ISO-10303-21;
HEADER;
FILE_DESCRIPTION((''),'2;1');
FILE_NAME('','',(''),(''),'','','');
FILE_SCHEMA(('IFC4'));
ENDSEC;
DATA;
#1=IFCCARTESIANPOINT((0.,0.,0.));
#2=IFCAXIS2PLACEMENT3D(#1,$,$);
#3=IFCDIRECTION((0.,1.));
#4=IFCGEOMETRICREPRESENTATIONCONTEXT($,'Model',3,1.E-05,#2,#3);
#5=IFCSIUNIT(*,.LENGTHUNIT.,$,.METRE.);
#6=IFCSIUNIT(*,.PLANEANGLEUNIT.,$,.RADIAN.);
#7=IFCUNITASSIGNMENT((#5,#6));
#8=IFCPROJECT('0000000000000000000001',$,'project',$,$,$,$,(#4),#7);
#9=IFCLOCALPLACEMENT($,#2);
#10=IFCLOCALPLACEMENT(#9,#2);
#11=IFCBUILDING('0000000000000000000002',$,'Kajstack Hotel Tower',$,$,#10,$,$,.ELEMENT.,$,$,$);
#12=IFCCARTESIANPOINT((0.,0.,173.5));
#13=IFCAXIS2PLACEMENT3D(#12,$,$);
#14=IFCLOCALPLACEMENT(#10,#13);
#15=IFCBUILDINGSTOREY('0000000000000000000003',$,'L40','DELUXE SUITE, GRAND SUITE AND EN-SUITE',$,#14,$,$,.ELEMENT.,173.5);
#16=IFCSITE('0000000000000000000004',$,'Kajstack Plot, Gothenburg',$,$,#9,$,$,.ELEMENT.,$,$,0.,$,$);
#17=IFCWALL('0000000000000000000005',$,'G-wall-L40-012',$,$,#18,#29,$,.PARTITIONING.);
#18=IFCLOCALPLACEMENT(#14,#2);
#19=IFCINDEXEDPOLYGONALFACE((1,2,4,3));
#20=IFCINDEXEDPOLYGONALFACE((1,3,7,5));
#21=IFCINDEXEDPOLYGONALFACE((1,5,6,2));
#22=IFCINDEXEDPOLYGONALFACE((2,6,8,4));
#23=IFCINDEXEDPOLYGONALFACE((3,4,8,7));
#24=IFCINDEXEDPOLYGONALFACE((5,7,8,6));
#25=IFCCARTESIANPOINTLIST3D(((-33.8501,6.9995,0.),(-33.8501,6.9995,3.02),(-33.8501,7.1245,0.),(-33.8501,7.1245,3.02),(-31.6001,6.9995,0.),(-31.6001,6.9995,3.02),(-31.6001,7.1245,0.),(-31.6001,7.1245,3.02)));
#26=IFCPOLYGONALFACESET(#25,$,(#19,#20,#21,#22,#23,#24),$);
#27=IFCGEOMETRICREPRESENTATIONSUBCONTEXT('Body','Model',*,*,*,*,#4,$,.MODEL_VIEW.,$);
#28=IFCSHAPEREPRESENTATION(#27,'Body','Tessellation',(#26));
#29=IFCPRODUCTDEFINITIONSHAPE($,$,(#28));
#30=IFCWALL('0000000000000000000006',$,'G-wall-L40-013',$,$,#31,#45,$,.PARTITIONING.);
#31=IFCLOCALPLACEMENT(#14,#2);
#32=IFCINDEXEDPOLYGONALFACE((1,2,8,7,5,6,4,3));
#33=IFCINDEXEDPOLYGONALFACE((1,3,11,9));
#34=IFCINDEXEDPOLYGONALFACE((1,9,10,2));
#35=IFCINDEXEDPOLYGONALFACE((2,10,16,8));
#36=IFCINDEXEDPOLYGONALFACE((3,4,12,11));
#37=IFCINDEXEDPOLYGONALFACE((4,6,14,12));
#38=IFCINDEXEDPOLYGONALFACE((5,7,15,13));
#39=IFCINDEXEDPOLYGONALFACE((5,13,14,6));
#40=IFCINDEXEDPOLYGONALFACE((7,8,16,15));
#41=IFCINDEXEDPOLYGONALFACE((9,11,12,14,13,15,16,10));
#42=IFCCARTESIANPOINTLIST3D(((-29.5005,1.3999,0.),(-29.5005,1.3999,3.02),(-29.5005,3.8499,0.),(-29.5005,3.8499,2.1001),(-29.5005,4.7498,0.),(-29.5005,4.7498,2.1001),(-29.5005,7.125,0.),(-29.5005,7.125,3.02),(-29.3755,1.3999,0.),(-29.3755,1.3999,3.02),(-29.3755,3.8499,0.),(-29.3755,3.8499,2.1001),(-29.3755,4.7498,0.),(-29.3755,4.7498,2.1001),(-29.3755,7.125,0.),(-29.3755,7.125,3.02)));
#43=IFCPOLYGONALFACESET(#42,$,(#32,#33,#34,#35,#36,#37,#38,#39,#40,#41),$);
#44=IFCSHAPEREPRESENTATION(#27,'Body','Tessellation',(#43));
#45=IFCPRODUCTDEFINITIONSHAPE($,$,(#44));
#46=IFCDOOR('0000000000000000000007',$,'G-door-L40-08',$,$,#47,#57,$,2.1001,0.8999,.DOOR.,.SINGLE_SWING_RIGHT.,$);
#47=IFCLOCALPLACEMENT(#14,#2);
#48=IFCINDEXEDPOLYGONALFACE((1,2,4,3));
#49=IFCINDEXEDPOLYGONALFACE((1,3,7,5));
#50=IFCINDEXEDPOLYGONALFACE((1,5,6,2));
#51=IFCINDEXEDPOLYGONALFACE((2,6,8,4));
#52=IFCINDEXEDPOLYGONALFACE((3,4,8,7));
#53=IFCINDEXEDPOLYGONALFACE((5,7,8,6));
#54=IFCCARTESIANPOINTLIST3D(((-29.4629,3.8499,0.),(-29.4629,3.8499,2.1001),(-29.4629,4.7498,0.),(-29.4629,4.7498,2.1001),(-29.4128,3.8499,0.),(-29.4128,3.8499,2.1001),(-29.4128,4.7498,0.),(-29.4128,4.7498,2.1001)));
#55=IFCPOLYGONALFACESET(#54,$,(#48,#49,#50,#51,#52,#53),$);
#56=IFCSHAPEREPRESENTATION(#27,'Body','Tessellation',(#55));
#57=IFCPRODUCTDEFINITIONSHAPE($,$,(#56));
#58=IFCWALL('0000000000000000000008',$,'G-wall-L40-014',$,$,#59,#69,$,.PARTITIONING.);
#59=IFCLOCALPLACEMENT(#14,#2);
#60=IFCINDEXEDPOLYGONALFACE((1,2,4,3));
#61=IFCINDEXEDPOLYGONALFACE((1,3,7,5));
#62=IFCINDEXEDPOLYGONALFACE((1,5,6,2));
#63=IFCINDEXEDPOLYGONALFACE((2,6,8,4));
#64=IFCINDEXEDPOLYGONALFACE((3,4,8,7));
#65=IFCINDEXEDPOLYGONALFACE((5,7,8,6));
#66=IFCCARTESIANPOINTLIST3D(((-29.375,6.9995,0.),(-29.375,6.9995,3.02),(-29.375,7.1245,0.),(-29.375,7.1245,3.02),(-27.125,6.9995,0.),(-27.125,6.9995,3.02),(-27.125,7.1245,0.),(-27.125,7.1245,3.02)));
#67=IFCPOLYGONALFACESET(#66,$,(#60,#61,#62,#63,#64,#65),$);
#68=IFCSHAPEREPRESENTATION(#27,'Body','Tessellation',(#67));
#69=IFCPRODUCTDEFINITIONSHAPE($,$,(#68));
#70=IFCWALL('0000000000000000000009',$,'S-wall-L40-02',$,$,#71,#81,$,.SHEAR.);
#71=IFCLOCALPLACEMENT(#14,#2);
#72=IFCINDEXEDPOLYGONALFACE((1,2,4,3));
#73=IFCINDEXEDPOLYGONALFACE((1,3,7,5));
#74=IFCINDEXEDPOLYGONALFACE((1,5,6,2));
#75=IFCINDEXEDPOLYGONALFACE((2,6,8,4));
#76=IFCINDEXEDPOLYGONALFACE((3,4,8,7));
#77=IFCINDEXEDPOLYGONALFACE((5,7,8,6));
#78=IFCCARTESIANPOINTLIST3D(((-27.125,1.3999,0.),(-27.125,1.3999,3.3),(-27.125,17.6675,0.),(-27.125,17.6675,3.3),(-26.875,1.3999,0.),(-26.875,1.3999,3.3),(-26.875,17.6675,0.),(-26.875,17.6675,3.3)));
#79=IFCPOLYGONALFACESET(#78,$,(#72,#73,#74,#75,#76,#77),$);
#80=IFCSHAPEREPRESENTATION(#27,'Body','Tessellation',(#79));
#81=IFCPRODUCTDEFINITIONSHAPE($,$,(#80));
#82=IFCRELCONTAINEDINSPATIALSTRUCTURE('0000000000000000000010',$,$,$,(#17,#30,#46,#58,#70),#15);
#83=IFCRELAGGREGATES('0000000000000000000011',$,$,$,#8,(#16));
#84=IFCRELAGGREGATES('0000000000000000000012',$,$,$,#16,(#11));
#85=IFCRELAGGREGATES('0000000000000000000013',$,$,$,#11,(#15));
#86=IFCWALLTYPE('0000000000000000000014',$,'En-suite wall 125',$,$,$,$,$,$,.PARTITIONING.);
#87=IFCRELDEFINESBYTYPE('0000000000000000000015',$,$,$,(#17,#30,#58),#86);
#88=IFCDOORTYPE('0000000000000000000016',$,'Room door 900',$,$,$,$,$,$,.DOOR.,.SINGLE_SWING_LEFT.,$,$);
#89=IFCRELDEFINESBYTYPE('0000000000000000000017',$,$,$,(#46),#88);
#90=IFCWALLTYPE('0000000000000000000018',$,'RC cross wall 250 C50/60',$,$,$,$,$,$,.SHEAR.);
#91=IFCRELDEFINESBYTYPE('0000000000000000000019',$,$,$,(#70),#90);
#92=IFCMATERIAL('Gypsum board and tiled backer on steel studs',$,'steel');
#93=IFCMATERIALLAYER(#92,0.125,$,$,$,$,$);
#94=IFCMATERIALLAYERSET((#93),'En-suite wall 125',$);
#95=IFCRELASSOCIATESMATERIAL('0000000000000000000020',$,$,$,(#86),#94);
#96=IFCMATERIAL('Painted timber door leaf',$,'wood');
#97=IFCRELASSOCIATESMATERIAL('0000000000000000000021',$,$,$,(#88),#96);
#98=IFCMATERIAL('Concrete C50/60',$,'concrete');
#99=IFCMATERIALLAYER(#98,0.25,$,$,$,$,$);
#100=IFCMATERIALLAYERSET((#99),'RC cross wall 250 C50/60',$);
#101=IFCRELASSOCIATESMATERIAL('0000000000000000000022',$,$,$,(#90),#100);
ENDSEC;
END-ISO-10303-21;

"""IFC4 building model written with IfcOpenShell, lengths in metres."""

from ifc_helpers import new_model, si_unit, direction, frame, frame_2d, origin, place, context, subcontext, project, spatial, rectangle, extrude, material, layer, layer_set, type_object, element, fill, save


model = new_model("IFC4")

# Units and contexts
model_context = context("Model", 3, precision=1e-05, world=origin(), true_north=direction((0.0, 1.0)))
body_context = subcontext(model_context, "Body", "Model", "MODEL_VIEW")
ifc_project = project(units=[si_unit("LENGTHUNIT", "METRE"), si_unit("PLANEANGLEUNIT", "RADIAN")], contexts=[model_context])

# Site, building, storey
site_placement = place(None, origin())
site = spatial("IfcSite", under=ifc_project, at=site_placement, Name="Kajstack Plot, Gothenburg", CompositionType="ELEMENT", RefElevation=0.0)
building_placement = place(site_placement, origin())
building = spatial("IfcBuilding", under=site, at=building_placement, Name="Kajstack Hotel Tower", CompositionType="ELEMENT")
storey_placement = place(building_placement, frame((0.0, 0.0, 173.5)))
storey = spatial("IfcBuildingStorey", under=building, at=storey_placement, Name="L40", Description="DELUXE SUITE, GRAND SUITE AND EN-SUITE", CompositionType="ELEMENT", Elevation=173.5)

# Wall
ifc_material_1 = material(Name="Gypsum board and tiled backer on steel studs", Category="steel")
ifc_layer_1 = layer(ifc_material_1, 0.125)
ifc_layer_set_1 = layer_set([ifc_layer_1], Name="En-suite wall 125")
wall_type_1 = type_object("IfcWallType", Name="En-suite wall 125", PredefinedType="PARTITIONING", material=ifc_layer_set_1)
for number, where, z_axis, x_axis, name in (
    (1, (-33.8501, 7.062, 0.0), (0.0, 0.0, 1.0), (1.0, 0.0, 0.0), "G-wall-L40-012"),
):
    element("IfcWall", number, at=place(storey_placement, frame(where, z_axis=z_axis, x_axis=x_axis)), inside=storey, type_object=wall_type_1, Name=name, PredefinedType="PARTITIONING", context=body_context, shape_type="SweptSolid", body=[
        extrude(rectangle(XDim=2.25, YDim=0.125, at=frame_2d((1.125, 0.0))), origin(), (0.0, 0.0, 1.0), 3.02),
    ])

# Wall, opening, door
wall_1_placement = place(storey_placement, frame((-29.438, 1.3999, 0.0), z_axis=(0.0, 0.0, 1.0), x_axis=(0.0, 1.0, 0.0)))
wall_1 = element("IfcWall", 2, at=wall_1_placement, inside=storey, type_object=wall_type_1, Name="G-wall-L40-013", PredefinedType="PARTITIONING", context=body_context, shape_type="SweptSolid", body=[
    extrude(rectangle(XDim=5.7251, YDim=0.125, at=frame_2d((2.8625, 0.0))), origin(), (0.0, 0.0, 1.0), 3.02),
])
opening_1_placement = place(wall_1_placement, frame((2.45, 0.0, 0.0)))
opening_1 = element("IfcOpeningElement", 3, at=opening_1_placement, cuts=wall_1, PredefinedType="OPENING", context=body_context, shape_type="SweptSolid", body=[
    extrude(rectangle(XDim=0.8999, YDim=2.1001, at=frame_2d((0.45, 1.05))), frame((0.0, 0.0725, 0.0), z_axis=(0.0, -1.0, 0.0), x_axis=(1.0, 0.0, 0.0)), (0.0, 0.0, 1.0), 0.145),
])
ifc_material_2 = material(Name="Painted timber door leaf", Category="wood")
door_type = type_object("IfcDoorType", Name="Room door 900", OperationType="SINGLE_SWING_LEFT", PredefinedType="DOOR", material=ifc_material_2)
door_placement = place(opening_1_placement, origin())
door = element("IfcDoor", 4, at=door_placement, inside=storey, type_object=door_type, Name="G-door-L40-08", OperationType="SINGLE_SWING_RIGHT", OverallHeight=2.1001, OverallWidth=0.8999, PredefinedType="DOOR", context=body_context, shape_type="SweptSolid", body=[
    extrude(rectangle(XDim=0.8999, YDim=2.1001, at=frame_2d((0.45, 1.05))), frame((0.0, 0.0249, 0.0), z_axis=(0.0, -1.0, 0.0), x_axis=(1.0, 0.0, 0.0)), (0.0, 0.0, 1.0), 0.05),
])
fill(opening_1, door)

# Walls
wall_2_placement = place(storey_placement, frame((-29.375, 7.062, 0.0), z_axis=(0.0, 0.0, 1.0), x_axis=(1.0, 0.0, 0.0)))
element("IfcWall", 5, at=wall_2_placement, inside=storey, type_object=wall_type_1, Name="G-wall-L40-014", PredefinedType="PARTITIONING", context=body_context, shape_type="SweptSolid", body=[
    extrude(rectangle(XDim=2.25, YDim=0.125, at=frame_2d((1.125, 0.0))), origin(), (0.0, 0.0, 1.0), 3.02),
])
ifc_material_3 = material(Name="Concrete C50/60", Category="concrete")
ifc_layer_2 = layer(ifc_material_3, 0.25)
ifc_layer_set_2 = layer_set([ifc_layer_2], Name="RC cross wall 250 C50/60")
wall_type_2 = type_object("IfcWallType", Name="RC cross wall 250 C50/60", PredefinedType="SHEAR", material=ifc_layer_set_2)
wall_3_placement = place(storey_placement, frame((-27.0, 1.3999, 0.0), z_axis=(0.0, 0.0, 1.0), x_axis=(0.0, 1.0, 0.0)))
element("IfcWall", 6, at=wall_3_placement, inside=storey, type_object=wall_type_2, Name="S-wall-L40-02", PredefinedType="SHEAR", context=body_context, shape_type="SweptSolid", body=[
    extrude(rectangle(XDim=16.2676, YDim=0.25, at=frame_2d((8.1338, 0.0))), origin(), (0.0, 0.0, 1.0), 3.3),
])

save(model, "model.ifc")
